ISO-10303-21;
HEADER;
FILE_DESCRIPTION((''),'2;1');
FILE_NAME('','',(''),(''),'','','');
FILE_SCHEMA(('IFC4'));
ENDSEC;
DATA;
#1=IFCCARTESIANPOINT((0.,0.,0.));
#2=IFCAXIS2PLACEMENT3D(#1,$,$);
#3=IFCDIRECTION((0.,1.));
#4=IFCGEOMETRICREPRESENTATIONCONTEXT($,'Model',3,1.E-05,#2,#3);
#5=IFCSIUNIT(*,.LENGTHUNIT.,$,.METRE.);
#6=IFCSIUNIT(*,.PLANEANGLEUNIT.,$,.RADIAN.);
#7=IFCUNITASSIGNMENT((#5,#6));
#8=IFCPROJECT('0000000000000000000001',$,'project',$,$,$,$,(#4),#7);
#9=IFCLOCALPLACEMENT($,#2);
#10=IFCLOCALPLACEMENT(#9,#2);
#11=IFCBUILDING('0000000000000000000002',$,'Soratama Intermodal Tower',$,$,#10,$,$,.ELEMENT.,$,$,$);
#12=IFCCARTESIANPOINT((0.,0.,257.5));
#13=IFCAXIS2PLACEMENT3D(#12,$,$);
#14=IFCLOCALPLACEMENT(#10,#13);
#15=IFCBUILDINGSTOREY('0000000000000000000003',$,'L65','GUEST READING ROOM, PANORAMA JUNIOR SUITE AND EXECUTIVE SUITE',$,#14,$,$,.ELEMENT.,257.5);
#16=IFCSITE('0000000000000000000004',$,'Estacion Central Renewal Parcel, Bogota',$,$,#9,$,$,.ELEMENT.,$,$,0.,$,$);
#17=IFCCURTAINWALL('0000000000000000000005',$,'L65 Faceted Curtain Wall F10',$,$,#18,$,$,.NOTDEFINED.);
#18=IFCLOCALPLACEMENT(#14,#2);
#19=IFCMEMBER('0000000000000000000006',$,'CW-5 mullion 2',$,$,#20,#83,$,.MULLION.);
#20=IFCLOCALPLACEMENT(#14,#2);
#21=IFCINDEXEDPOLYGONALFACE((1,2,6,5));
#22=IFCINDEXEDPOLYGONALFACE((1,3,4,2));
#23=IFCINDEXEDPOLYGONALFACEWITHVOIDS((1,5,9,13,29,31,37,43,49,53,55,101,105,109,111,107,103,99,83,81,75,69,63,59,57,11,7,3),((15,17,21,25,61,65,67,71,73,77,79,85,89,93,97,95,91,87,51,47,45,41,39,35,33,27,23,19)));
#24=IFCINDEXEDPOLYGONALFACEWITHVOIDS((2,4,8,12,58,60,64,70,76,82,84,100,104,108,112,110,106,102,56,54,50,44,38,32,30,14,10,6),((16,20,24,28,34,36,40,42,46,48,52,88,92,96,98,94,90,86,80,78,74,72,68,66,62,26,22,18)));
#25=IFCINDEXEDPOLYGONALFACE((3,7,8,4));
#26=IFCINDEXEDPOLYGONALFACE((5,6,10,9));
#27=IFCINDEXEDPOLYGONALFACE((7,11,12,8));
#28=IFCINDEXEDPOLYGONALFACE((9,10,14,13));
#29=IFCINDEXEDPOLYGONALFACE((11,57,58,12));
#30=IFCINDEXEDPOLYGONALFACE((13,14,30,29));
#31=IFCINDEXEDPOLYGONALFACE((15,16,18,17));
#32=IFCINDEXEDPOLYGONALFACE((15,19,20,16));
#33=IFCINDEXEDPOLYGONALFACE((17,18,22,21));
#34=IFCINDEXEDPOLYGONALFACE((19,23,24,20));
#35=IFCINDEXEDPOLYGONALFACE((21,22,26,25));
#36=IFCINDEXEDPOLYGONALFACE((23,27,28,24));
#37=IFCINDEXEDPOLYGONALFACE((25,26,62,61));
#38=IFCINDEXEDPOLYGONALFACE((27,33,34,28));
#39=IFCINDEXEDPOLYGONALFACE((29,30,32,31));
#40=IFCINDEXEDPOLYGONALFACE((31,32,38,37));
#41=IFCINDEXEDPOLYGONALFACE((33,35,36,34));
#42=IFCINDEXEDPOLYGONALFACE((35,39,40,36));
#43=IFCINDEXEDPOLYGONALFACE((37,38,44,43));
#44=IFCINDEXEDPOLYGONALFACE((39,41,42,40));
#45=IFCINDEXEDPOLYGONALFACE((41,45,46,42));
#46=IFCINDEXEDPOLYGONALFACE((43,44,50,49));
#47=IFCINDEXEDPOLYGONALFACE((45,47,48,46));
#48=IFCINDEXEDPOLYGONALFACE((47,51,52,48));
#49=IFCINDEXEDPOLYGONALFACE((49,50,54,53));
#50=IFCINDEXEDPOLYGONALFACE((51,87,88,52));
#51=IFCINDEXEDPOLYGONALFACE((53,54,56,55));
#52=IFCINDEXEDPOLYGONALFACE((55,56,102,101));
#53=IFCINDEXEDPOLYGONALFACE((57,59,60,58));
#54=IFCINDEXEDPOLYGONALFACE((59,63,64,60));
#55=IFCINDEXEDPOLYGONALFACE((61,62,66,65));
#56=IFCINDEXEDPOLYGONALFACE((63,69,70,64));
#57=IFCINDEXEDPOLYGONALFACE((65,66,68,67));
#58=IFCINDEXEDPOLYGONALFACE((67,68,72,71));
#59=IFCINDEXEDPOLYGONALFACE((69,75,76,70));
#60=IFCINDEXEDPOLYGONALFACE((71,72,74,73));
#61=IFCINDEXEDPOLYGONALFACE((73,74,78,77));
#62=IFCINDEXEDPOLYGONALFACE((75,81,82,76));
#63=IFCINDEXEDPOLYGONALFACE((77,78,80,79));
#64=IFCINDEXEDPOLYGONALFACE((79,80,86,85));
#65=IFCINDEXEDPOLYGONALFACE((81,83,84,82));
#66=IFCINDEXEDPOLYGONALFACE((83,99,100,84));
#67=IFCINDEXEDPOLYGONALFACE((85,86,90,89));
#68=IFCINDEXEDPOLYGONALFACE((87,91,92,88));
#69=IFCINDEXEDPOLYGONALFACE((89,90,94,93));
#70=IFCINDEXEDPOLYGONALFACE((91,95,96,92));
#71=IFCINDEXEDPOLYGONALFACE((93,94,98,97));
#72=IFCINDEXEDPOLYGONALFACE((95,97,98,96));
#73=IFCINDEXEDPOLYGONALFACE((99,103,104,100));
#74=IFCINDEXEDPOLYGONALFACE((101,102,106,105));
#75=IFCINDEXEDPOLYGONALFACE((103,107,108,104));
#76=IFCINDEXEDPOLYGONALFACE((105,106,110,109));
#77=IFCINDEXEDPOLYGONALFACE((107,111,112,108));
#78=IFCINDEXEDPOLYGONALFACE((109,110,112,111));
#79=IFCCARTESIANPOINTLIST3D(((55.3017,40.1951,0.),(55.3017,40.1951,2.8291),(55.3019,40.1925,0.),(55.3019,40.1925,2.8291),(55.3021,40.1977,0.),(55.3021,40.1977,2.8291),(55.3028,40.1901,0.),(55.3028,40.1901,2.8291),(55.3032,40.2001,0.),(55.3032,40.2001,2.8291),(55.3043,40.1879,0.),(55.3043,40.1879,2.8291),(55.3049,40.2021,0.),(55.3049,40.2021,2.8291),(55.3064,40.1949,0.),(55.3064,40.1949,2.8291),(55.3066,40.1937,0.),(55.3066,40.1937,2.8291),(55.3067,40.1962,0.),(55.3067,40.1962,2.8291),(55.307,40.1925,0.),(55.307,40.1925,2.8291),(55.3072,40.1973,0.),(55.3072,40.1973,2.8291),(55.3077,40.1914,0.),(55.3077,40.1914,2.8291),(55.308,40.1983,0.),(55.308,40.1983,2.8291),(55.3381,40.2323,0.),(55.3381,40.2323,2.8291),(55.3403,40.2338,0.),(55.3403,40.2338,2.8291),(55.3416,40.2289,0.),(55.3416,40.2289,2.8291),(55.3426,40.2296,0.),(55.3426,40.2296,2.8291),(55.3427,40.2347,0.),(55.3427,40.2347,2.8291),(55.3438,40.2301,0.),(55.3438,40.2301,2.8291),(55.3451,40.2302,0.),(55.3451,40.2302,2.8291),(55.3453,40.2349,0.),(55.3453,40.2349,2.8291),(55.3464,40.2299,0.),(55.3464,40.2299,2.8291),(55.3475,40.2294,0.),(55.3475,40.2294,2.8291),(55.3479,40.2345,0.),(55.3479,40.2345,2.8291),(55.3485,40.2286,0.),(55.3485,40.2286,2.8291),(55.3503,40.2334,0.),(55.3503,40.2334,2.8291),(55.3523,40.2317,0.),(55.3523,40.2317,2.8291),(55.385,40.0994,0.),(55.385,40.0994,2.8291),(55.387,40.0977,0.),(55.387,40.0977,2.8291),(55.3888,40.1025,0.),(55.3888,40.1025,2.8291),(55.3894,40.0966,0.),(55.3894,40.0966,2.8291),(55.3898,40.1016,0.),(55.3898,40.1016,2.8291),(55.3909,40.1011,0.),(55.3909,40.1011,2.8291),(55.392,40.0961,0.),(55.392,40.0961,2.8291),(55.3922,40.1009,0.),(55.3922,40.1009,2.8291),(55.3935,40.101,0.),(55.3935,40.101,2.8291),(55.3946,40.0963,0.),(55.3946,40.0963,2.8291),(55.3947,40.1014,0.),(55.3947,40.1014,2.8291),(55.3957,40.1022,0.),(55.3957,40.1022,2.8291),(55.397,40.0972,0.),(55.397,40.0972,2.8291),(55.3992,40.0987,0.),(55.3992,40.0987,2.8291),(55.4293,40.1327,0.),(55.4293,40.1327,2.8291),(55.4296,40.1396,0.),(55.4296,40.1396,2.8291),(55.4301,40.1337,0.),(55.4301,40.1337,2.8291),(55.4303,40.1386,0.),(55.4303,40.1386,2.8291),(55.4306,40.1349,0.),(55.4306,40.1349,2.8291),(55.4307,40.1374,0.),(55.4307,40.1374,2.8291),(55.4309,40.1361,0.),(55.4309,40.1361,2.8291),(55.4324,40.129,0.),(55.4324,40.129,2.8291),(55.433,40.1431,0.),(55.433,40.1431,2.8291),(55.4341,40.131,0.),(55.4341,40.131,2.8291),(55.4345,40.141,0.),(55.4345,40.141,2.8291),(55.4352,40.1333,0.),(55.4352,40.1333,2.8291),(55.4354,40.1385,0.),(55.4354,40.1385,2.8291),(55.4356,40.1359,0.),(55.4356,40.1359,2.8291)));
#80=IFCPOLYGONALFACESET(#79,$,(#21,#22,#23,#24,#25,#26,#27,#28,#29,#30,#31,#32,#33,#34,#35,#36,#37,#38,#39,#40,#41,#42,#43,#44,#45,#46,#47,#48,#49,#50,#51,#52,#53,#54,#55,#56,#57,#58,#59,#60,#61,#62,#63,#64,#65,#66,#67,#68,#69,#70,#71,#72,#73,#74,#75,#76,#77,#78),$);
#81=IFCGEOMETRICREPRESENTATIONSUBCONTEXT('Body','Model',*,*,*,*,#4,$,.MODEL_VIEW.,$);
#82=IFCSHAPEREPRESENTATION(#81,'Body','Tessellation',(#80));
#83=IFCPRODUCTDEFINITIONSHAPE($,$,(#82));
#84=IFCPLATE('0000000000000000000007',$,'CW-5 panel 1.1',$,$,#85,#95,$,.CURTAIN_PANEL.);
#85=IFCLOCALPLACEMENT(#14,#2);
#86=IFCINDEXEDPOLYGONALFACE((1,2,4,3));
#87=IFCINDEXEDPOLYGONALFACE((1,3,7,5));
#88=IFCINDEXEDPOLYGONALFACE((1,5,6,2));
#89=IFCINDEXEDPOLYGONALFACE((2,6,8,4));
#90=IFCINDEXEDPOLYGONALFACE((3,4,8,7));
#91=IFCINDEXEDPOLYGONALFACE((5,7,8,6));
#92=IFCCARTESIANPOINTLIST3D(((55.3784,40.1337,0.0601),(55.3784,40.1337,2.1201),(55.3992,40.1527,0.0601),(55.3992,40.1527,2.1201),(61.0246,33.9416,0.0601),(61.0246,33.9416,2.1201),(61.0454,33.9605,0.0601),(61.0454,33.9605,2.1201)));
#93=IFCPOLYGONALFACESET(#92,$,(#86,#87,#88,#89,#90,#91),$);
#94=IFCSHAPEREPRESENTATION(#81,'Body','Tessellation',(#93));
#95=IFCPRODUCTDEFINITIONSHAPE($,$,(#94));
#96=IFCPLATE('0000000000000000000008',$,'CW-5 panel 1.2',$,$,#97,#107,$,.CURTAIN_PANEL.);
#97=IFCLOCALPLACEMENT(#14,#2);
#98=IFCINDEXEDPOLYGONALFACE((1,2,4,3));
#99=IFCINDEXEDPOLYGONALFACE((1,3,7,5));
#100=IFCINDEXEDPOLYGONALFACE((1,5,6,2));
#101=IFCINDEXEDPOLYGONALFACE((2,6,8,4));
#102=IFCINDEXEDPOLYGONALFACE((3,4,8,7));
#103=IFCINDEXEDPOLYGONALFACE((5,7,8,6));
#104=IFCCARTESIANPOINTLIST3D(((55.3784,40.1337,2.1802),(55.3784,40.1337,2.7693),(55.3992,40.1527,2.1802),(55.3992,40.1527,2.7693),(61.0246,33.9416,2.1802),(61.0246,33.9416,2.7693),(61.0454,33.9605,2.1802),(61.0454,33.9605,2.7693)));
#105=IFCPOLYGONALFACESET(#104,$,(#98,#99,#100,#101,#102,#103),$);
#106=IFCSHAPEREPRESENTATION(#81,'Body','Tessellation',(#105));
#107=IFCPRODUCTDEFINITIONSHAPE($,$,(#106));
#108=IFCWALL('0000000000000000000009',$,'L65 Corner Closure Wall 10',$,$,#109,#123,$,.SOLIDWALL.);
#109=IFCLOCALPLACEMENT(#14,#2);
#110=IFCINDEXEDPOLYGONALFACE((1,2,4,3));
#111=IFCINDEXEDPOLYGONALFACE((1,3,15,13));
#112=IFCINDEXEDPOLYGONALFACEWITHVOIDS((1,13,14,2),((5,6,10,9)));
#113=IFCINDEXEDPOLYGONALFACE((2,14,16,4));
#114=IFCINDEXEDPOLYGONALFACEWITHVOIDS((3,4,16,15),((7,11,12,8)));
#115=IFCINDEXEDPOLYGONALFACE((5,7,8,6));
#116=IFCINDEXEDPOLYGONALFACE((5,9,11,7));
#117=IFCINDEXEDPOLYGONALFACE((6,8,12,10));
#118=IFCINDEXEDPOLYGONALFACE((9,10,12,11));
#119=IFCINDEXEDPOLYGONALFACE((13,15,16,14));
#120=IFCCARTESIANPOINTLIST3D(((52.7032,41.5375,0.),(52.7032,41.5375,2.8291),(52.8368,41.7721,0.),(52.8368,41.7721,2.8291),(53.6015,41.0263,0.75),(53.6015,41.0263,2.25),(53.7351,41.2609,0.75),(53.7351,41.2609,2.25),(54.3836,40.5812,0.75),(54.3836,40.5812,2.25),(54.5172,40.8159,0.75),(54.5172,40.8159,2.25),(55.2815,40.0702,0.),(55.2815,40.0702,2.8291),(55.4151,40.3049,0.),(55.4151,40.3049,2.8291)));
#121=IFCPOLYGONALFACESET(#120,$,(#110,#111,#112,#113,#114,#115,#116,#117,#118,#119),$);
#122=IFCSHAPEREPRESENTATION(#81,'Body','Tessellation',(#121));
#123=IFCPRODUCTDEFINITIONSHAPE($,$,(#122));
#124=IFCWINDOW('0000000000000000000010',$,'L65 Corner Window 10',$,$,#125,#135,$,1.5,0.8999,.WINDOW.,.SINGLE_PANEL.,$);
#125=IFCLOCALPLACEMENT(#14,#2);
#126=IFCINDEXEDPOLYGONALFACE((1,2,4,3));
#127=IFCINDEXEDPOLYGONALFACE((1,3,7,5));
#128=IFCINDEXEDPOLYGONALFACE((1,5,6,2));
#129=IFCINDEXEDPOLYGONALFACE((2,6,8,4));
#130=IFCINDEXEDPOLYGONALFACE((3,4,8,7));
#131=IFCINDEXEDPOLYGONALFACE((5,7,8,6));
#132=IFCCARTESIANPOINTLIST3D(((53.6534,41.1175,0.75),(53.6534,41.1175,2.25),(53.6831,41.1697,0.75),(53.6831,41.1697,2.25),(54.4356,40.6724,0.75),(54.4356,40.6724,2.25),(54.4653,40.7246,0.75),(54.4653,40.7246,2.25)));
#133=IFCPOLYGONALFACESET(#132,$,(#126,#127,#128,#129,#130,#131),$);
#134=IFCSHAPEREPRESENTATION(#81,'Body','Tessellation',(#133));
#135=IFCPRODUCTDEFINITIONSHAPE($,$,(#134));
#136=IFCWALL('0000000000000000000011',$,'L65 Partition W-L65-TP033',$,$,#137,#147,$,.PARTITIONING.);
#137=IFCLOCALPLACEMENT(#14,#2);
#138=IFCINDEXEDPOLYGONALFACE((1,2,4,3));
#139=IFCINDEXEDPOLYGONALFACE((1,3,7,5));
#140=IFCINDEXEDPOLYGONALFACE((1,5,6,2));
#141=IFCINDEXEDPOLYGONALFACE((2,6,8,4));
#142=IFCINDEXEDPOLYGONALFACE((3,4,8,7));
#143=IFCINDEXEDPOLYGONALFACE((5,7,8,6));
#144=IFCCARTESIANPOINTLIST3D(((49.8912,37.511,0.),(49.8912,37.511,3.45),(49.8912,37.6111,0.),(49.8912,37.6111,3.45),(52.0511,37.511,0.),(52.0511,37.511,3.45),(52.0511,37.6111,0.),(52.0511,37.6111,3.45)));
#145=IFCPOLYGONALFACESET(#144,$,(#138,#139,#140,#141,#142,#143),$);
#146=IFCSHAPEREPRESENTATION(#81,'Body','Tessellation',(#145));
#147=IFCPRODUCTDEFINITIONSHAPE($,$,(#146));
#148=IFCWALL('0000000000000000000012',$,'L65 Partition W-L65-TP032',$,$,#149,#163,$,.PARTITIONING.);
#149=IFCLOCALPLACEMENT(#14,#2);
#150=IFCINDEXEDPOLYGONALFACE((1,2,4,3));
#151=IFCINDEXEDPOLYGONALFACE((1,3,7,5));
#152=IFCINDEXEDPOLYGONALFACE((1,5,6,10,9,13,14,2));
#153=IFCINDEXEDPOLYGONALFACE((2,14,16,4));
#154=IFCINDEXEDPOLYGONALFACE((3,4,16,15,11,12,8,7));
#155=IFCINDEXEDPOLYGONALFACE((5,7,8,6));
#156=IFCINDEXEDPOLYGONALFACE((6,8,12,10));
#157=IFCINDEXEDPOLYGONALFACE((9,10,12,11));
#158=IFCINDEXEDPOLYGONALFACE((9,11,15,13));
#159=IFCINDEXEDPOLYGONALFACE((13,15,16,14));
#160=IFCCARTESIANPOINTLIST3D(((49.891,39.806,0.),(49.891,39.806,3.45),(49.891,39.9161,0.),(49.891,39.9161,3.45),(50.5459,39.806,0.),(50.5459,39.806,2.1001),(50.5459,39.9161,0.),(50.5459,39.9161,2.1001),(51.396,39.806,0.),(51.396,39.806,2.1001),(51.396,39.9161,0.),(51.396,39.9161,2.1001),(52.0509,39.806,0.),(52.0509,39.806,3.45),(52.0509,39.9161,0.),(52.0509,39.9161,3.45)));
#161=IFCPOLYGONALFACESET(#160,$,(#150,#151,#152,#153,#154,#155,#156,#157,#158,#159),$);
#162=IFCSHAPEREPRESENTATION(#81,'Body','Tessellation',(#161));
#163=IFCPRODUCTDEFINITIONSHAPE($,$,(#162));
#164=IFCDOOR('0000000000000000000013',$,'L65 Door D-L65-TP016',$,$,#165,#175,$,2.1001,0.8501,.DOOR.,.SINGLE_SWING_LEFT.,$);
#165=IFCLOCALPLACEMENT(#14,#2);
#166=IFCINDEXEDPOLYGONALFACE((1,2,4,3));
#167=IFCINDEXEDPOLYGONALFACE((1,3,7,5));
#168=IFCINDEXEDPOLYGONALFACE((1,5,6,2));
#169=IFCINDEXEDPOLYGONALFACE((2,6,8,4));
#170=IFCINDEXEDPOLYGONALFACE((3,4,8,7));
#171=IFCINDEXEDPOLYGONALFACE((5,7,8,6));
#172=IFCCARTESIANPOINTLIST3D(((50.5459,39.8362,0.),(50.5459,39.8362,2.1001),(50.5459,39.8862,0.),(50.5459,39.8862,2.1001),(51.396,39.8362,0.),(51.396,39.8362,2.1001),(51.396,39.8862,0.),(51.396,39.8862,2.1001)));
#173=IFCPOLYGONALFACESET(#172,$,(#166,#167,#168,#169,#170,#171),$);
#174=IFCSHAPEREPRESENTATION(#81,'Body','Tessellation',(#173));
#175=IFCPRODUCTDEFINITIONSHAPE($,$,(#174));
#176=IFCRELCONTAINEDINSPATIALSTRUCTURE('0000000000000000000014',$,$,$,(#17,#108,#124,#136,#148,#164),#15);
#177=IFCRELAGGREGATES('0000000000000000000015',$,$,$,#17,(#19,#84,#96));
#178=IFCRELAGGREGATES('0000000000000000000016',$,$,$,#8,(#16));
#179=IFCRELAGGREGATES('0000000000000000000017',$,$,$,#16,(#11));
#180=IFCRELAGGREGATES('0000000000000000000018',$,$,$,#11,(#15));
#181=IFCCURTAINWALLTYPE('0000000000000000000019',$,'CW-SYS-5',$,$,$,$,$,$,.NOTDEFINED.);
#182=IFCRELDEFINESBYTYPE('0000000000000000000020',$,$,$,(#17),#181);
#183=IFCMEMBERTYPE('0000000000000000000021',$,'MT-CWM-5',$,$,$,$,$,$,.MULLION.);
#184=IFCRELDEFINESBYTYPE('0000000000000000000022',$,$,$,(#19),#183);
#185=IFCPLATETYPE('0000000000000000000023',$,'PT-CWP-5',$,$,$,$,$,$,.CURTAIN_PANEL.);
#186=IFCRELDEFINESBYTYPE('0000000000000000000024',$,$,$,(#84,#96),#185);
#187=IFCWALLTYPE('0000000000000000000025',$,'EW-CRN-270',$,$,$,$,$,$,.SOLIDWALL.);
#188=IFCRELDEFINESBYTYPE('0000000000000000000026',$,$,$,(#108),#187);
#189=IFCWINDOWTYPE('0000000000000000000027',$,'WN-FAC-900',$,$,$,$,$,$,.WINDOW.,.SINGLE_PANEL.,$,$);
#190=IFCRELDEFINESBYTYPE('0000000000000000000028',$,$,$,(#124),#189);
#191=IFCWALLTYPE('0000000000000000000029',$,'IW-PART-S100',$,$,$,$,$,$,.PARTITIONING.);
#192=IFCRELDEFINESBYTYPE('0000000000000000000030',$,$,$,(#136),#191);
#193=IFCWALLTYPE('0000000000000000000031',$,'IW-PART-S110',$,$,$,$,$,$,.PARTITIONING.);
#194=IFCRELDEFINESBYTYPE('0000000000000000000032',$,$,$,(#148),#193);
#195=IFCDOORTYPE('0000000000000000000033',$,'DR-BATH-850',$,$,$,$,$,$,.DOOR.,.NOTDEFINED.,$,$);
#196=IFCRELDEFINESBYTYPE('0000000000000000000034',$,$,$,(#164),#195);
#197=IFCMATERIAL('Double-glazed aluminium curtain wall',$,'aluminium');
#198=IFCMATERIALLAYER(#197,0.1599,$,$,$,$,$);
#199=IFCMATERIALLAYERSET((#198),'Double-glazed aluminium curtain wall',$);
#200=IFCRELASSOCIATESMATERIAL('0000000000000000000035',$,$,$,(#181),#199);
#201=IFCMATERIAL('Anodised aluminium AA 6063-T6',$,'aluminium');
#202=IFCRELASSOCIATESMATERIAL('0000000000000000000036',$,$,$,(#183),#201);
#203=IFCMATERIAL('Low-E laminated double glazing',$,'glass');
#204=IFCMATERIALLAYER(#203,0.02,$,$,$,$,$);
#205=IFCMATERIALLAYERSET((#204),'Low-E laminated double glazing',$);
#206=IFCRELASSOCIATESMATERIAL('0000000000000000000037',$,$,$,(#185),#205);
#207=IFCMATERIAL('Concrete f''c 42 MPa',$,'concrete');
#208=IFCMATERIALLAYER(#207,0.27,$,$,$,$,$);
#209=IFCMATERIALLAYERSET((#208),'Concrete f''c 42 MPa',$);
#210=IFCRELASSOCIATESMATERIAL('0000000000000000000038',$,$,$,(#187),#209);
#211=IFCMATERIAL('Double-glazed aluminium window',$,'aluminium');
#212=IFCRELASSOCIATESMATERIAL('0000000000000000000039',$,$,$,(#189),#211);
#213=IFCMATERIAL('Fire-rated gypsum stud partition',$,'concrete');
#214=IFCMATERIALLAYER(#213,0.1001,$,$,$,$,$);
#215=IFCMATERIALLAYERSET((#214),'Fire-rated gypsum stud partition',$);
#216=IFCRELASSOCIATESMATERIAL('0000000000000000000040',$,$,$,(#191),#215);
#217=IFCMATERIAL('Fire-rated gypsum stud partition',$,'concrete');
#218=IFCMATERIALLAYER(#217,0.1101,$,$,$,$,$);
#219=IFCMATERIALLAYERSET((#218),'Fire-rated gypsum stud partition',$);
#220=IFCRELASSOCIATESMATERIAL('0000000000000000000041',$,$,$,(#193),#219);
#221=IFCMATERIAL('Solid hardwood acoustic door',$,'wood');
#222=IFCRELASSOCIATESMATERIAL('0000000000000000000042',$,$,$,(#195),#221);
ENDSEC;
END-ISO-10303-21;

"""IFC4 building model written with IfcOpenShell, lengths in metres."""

from ifc_helpers import new_model, si_unit, direction, frame, frame_2d, origin, origin_2d, place, context, subcontext, project, spatial, rectangle, hollow_rectangle, extrude, material, layer, layer_set, material_profile, profile_set, type_object, element, fill, aggregate, save


model = new_model("IFC4")

# Units and contexts
model_context = context("Model", 3, precision=1e-05, world=origin(), true_north=direction((0.0, 1.0)))
body_context = subcontext(model_context, "Body", "Model", "MODEL_VIEW")
ifc_project = project(units=[si_unit("LENGTHUNIT", "METRE"), si_unit("PLANEANGLEUNIT", "RADIAN")], contexts=[model_context])

# Site, building, storey
site_placement = place(None, origin())
site = spatial("IfcSite", under=ifc_project, at=site_placement, Name="Estacion Central Renewal Parcel, Bogota", CompositionType="ELEMENT", RefElevation=0.0)
building_placement = place(site_placement, origin())
building = spatial("IfcBuilding", under=site, at=building_placement, Name="Soratama Intermodal Tower", CompositionType="ELEMENT")
storey_placement = place(building_placement, frame((0.0, 0.0, 257.5)))
storey = spatial("IfcBuildingStorey", under=building, at=storey_placement, Name="L65", Description="GUEST READING ROOM, PANORAMA JUNIOR SUITE AND EXECUTIVE SUITE", CompositionType="ELEMENT", Elevation=257.5)

# Curtain wall, member, plates
ifc_material_1 = material(Name="Double-glazed aluminium curtain wall", Category="aluminium")
ifc_layer_1 = layer(ifc_material_1, 0.1599)
ifc_layer_set_1 = layer_set([ifc_layer_1], Name="Double-glazed aluminium curtain wall")
curtain_wall_type = type_object("IfcCurtainWallType", Name="CW-SYS-5", PredefinedType="NOTDEFINED", material=ifc_layer_set_1)
curtain_wall_placement = place(storey_placement, origin())
curtain_wall = element("IfcCurtainWall", 1, at=curtain_wall_placement, inside=storey, type_object=curtain_wall_type, Name="L65 Faceted Curtain Wall F10", PredefinedType="NOTDEFINED")
ifc_material_2 = material(Name="Anodised aluminium AA 6063-T6", Category="aluminium")
ifc_material_profile_1 = material_profile(ifc_material_2, hollow_rectangle(XDim=0.0649, YDim=0.1399, WallThickness=0.0049, InnerFilletRadius=0.0049, OuterFilletRadius=0.01, at=origin_2d()), Name="CWM140X65X5")
ifc_profile_set_1 = profile_set([ifc_material_profile_1], Name="Anodised aluminium AA 6063-T6")
member_type = type_object("IfcMemberType", Name="MT-CWM-5", PredefinedType="MULLION", material=ifc_profile_set_1)
member_placement = place(storey_placement, frame((55.3687, 40.1655, 0.0), z_axis=(0.0, 0.0, 1.0), x_axis=(-0.738933, -0.673779, 0.0)))
member = element("IfcMember", 2, at=member_placement, type_object=member_type, Name="CW-5 mullion 2", PredefinedType="MULLION", context=body_context, shape_type="SweptSolid", body=[
    extrude(hollow_rectangle(XDim=0.0649, YDim=0.1399, WallThickness=0.0049, InnerFilletRadius=0.0049, OuterFilletRadius=0.01, at=origin_2d()), origin(), (0.0, 0.0, 1.0), 2.8291),
])
ifc_material_3 = material(Name="Low-E laminated double glazing", Category="glass")
ifc_layer_2 = layer(ifc_material_3, 0.02)
ifc_layer_set_2 = layer_set([ifc_layer_2], Name="Low-E laminated double glazing")
plate_type = type_object("IfcPlateType", Name="PT-CWP-5", PredefinedType="CURTAIN_PANEL", material=ifc_layer_set_2)
plate_1_placement = place(storey_placement, frame((58.2119, 37.0471, 0.0601), z_axis=(0.0, 0.0, 1.0), x_axis=(-0.673779, 0.738933, 0.0)))
plate_1 = element("IfcPlate", 3, at=plate_1_placement, type_object=plate_type, Name="CW-5 panel 1.1", PredefinedType="CURTAIN_PANEL", context=body_context, shape_type="SweptSolid", body=[
    extrude(rectangle(XDim=8.3799, YDim=0.0281, at=origin_2d()), origin(), (0.0, 0.0, 1.0), 2.0601),
])
plate_2_placement = place(storey_placement, frame((58.2119, 37.0471, 2.1802), z_axis=(0.0, 0.0, 1.0), x_axis=(-0.673779, 0.738933, 0.0)))
plate_2 = element("IfcPlate", 4, at=plate_2_placement, type_object=plate_type, Name="CW-5 panel 1.2", PredefinedType="CURTAIN_PANEL", context=body_context, shape_type="SweptSolid", body=[
    extrude(rectangle(XDim=8.3799, YDim=0.0281, at=origin_2d()), origin(), (0.0, 0.0, 1.0), 0.5891),
])
aggregate(curtain_wall, [member, plate_1, plate_2])

# Wall, opening, window
ifc_material_4 = material(Name="Concrete f'c 42 MPa", Category="concrete")
ifc_layer_3 = layer(ifc_material_4, 0.27)
ifc_layer_set_3 = layer_set([ifc_layer_3], Name="Concrete f'c 42 MPa")
wall_type_1 = type_object("IfcWallType", Name="EW-CRN-270", PredefinedType="SOLIDWALL", material=ifc_layer_set_3)
wall_1_placement = place(storey_placement, frame((55.3484, 40.1875, 0.0), z_axis=(0.0, 0.0, 1.0), x_axis=(-0.869123, 0.494596, 0.0)))
wall_1 = element("IfcWall", 5, at=wall_1_placement, inside=storey, type_object=wall_type_1, Name="L65 Corner Closure Wall 10", PredefinedType="SOLIDWALL", context=body_context, shape_type="SweptSolid", body=[
    extrude(rectangle(XDim=2.9666, YDim=0.27, at=frame_2d((1.4834, 0.0))), origin(), (0.0, 0.0, 1.0), 2.8291),
])
opening_1_placement = place(wall_1_placement, frame((1.0332, 0.0, 0.75)))
opening_1 = element("IfcOpeningElement", 6, at=opening_1_placement, cuts=wall_1, PredefinedType="OPENING", context=body_context, shape_type="SweptSolid", body=[
    extrude(rectangle(XDim=0.8999, YDim=1.5, at=frame_2d((0.45, 0.75))), frame((0.0, 0.145, 0.0), z_axis=(0.0, -1.0, 0.0), x_axis=(1.0, 0.0, 0.0)), (0.0, 0.0, 1.0), 0.29),
])
ifc_material_5 = material(Name="Double-glazed aluminium window", Category="aluminium")
window_type_1 = type_object("IfcWindowType", Name="WN-FAC-900", PartitioningType="SINGLE_PANEL", PredefinedType="WINDOW", material=ifc_material_5)
window_1_placement = place(opening_1_placement, origin())
window_1 = element("IfcWindow", 7, at=window_1_placement, inside=storey, type_object=window_type_1, Name="L65 Corner Window 10", OverallHeight=1.5, OverallWidth=0.8999, PartitioningType="SINGLE_PANEL", PredefinedType="WINDOW", context=body_context, shape_type="SweptSolid", body=[
    extrude(rectangle(XDim=0.8999, YDim=1.5, at=frame_2d((0.45, 0.75))), frame((0.0, 0.03, 0.0), z_axis=(0.0, -1.0, 0.0), x_axis=(1.0, 0.0, 0.0)), (0.0, 0.0, 1.0), 0.0601),
])
fill(opening_1, window_1)

# Wall
ifc_material_6 = material(Name="Fire-rated gypsum stud partition", Category="concrete")
ifc_layer_4 = layer(ifc_material_6, 0.1001)
ifc_layer_set_4 = layer_set([ifc_layer_4], Name="Fire-rated gypsum stud partition")
wall_type_2 = type_object("IfcWallType", Name="IW-PART-S100", PredefinedType="PARTITIONING", material=ifc_layer_set_4)
wall_2_placement = place(storey_placement, frame((49.8911, 37.561, 0.0), z_axis=(0.0, 0.0, 1.0), x_axis=(1.0, 0.0, 0.0)))
element("IfcWall", 8, at=wall_2_placement, inside=storey, type_object=wall_type_2, Name="L65 Partition W-L65-TP033", PredefinedType="PARTITIONING", context=body_context, shape_type="SweptSolid", body=[
    extrude(rectangle(XDim=2.1599, YDim=0.1001, at=frame_2d((1.0801, 0.0))), origin(), (0.0, 0.0, 1.0), 3.45),
])

# Wall, opening, door
ifc_material_7 = material(Name="Fire-rated gypsum stud partition", Category="concrete")
ifc_layer_5 = layer(ifc_material_7, 0.1101)
ifc_layer_set_5 = layer_set([ifc_layer_5], Name="Fire-rated gypsum stud partition")
wall_type_3 = type_object("IfcWallType", Name="IW-PART-S110", PredefinedType="PARTITIONING", material=ifc_layer_set_5)
wall_3_placement = place(storey_placement, frame((52.051, 39.8611, 0.0), z_axis=(0.0, 0.0, 1.0), x_axis=(-1.0, 0.0, 0.0)))
wall_3 = element("IfcWall", 9, at=wall_3_placement, inside=storey, type_object=wall_type_3, Name="L65 Partition W-L65-TP032", PredefinedType="PARTITIONING", context=body_context, shape_type="SweptSolid", body=[
    extrude(rectangle(XDim=2.1599, YDim=0.1101, at=frame_2d((1.0801, 0.0))), origin(), (0.0, 0.0, 1.0), 3.45),
])
opening_2_placement = place(wall_3_placement, frame((0.655, 0.0, 0.0)))
opening_2 = element("IfcOpeningElement", 10, at=opening_2_placement, cuts=wall_3, PredefinedType="OPENING", context=body_context, shape_type="SweptSolid", body=[
    extrude(rectangle(XDim=0.8501, YDim=2.1001, at=frame_2d((0.425, 1.05))), frame((0.0, 0.0649, 0.0), z_axis=(0.0, -1.0, 0.0), x_axis=(1.0, 0.0, 0.0)), (0.0, 0.0, 1.0), 0.1301),
])
ifc_material_8 = material(Name="Solid hardwood acoustic door", Category="wood")
door_type_1 = type_object("IfcDoorType", Name="DR-BATH-850", OperationType="NOTDEFINED", PredefinedType="DOOR", material=ifc_material_8)
door_1_placement = place(opening_2_placement, origin())
door_1 = element("IfcDoor", 11, at=door_1_placement, inside=storey, type_object=door_type_1, Name="L65 Door D-L65-TP016", OperationType="SINGLE_SWING_LEFT", OverallHeight=2.1001, OverallWidth=0.8501, PredefinedType="DOOR", context=body_context, shape_type="SweptSolid", body=[
    extrude(rectangle(XDim=0.8501, YDim=2.1001, at=frame_2d((0.425, 1.05))), frame((0.0, 0.0249, 0.0), z_axis=(0.0, -1.0, 0.0), x_axis=(1.0, 0.0, 0.0)), (0.0, 0.0, 1.0), 0.05),
])
fill(opening_2, door_1)

save(model, "model.ifc")
